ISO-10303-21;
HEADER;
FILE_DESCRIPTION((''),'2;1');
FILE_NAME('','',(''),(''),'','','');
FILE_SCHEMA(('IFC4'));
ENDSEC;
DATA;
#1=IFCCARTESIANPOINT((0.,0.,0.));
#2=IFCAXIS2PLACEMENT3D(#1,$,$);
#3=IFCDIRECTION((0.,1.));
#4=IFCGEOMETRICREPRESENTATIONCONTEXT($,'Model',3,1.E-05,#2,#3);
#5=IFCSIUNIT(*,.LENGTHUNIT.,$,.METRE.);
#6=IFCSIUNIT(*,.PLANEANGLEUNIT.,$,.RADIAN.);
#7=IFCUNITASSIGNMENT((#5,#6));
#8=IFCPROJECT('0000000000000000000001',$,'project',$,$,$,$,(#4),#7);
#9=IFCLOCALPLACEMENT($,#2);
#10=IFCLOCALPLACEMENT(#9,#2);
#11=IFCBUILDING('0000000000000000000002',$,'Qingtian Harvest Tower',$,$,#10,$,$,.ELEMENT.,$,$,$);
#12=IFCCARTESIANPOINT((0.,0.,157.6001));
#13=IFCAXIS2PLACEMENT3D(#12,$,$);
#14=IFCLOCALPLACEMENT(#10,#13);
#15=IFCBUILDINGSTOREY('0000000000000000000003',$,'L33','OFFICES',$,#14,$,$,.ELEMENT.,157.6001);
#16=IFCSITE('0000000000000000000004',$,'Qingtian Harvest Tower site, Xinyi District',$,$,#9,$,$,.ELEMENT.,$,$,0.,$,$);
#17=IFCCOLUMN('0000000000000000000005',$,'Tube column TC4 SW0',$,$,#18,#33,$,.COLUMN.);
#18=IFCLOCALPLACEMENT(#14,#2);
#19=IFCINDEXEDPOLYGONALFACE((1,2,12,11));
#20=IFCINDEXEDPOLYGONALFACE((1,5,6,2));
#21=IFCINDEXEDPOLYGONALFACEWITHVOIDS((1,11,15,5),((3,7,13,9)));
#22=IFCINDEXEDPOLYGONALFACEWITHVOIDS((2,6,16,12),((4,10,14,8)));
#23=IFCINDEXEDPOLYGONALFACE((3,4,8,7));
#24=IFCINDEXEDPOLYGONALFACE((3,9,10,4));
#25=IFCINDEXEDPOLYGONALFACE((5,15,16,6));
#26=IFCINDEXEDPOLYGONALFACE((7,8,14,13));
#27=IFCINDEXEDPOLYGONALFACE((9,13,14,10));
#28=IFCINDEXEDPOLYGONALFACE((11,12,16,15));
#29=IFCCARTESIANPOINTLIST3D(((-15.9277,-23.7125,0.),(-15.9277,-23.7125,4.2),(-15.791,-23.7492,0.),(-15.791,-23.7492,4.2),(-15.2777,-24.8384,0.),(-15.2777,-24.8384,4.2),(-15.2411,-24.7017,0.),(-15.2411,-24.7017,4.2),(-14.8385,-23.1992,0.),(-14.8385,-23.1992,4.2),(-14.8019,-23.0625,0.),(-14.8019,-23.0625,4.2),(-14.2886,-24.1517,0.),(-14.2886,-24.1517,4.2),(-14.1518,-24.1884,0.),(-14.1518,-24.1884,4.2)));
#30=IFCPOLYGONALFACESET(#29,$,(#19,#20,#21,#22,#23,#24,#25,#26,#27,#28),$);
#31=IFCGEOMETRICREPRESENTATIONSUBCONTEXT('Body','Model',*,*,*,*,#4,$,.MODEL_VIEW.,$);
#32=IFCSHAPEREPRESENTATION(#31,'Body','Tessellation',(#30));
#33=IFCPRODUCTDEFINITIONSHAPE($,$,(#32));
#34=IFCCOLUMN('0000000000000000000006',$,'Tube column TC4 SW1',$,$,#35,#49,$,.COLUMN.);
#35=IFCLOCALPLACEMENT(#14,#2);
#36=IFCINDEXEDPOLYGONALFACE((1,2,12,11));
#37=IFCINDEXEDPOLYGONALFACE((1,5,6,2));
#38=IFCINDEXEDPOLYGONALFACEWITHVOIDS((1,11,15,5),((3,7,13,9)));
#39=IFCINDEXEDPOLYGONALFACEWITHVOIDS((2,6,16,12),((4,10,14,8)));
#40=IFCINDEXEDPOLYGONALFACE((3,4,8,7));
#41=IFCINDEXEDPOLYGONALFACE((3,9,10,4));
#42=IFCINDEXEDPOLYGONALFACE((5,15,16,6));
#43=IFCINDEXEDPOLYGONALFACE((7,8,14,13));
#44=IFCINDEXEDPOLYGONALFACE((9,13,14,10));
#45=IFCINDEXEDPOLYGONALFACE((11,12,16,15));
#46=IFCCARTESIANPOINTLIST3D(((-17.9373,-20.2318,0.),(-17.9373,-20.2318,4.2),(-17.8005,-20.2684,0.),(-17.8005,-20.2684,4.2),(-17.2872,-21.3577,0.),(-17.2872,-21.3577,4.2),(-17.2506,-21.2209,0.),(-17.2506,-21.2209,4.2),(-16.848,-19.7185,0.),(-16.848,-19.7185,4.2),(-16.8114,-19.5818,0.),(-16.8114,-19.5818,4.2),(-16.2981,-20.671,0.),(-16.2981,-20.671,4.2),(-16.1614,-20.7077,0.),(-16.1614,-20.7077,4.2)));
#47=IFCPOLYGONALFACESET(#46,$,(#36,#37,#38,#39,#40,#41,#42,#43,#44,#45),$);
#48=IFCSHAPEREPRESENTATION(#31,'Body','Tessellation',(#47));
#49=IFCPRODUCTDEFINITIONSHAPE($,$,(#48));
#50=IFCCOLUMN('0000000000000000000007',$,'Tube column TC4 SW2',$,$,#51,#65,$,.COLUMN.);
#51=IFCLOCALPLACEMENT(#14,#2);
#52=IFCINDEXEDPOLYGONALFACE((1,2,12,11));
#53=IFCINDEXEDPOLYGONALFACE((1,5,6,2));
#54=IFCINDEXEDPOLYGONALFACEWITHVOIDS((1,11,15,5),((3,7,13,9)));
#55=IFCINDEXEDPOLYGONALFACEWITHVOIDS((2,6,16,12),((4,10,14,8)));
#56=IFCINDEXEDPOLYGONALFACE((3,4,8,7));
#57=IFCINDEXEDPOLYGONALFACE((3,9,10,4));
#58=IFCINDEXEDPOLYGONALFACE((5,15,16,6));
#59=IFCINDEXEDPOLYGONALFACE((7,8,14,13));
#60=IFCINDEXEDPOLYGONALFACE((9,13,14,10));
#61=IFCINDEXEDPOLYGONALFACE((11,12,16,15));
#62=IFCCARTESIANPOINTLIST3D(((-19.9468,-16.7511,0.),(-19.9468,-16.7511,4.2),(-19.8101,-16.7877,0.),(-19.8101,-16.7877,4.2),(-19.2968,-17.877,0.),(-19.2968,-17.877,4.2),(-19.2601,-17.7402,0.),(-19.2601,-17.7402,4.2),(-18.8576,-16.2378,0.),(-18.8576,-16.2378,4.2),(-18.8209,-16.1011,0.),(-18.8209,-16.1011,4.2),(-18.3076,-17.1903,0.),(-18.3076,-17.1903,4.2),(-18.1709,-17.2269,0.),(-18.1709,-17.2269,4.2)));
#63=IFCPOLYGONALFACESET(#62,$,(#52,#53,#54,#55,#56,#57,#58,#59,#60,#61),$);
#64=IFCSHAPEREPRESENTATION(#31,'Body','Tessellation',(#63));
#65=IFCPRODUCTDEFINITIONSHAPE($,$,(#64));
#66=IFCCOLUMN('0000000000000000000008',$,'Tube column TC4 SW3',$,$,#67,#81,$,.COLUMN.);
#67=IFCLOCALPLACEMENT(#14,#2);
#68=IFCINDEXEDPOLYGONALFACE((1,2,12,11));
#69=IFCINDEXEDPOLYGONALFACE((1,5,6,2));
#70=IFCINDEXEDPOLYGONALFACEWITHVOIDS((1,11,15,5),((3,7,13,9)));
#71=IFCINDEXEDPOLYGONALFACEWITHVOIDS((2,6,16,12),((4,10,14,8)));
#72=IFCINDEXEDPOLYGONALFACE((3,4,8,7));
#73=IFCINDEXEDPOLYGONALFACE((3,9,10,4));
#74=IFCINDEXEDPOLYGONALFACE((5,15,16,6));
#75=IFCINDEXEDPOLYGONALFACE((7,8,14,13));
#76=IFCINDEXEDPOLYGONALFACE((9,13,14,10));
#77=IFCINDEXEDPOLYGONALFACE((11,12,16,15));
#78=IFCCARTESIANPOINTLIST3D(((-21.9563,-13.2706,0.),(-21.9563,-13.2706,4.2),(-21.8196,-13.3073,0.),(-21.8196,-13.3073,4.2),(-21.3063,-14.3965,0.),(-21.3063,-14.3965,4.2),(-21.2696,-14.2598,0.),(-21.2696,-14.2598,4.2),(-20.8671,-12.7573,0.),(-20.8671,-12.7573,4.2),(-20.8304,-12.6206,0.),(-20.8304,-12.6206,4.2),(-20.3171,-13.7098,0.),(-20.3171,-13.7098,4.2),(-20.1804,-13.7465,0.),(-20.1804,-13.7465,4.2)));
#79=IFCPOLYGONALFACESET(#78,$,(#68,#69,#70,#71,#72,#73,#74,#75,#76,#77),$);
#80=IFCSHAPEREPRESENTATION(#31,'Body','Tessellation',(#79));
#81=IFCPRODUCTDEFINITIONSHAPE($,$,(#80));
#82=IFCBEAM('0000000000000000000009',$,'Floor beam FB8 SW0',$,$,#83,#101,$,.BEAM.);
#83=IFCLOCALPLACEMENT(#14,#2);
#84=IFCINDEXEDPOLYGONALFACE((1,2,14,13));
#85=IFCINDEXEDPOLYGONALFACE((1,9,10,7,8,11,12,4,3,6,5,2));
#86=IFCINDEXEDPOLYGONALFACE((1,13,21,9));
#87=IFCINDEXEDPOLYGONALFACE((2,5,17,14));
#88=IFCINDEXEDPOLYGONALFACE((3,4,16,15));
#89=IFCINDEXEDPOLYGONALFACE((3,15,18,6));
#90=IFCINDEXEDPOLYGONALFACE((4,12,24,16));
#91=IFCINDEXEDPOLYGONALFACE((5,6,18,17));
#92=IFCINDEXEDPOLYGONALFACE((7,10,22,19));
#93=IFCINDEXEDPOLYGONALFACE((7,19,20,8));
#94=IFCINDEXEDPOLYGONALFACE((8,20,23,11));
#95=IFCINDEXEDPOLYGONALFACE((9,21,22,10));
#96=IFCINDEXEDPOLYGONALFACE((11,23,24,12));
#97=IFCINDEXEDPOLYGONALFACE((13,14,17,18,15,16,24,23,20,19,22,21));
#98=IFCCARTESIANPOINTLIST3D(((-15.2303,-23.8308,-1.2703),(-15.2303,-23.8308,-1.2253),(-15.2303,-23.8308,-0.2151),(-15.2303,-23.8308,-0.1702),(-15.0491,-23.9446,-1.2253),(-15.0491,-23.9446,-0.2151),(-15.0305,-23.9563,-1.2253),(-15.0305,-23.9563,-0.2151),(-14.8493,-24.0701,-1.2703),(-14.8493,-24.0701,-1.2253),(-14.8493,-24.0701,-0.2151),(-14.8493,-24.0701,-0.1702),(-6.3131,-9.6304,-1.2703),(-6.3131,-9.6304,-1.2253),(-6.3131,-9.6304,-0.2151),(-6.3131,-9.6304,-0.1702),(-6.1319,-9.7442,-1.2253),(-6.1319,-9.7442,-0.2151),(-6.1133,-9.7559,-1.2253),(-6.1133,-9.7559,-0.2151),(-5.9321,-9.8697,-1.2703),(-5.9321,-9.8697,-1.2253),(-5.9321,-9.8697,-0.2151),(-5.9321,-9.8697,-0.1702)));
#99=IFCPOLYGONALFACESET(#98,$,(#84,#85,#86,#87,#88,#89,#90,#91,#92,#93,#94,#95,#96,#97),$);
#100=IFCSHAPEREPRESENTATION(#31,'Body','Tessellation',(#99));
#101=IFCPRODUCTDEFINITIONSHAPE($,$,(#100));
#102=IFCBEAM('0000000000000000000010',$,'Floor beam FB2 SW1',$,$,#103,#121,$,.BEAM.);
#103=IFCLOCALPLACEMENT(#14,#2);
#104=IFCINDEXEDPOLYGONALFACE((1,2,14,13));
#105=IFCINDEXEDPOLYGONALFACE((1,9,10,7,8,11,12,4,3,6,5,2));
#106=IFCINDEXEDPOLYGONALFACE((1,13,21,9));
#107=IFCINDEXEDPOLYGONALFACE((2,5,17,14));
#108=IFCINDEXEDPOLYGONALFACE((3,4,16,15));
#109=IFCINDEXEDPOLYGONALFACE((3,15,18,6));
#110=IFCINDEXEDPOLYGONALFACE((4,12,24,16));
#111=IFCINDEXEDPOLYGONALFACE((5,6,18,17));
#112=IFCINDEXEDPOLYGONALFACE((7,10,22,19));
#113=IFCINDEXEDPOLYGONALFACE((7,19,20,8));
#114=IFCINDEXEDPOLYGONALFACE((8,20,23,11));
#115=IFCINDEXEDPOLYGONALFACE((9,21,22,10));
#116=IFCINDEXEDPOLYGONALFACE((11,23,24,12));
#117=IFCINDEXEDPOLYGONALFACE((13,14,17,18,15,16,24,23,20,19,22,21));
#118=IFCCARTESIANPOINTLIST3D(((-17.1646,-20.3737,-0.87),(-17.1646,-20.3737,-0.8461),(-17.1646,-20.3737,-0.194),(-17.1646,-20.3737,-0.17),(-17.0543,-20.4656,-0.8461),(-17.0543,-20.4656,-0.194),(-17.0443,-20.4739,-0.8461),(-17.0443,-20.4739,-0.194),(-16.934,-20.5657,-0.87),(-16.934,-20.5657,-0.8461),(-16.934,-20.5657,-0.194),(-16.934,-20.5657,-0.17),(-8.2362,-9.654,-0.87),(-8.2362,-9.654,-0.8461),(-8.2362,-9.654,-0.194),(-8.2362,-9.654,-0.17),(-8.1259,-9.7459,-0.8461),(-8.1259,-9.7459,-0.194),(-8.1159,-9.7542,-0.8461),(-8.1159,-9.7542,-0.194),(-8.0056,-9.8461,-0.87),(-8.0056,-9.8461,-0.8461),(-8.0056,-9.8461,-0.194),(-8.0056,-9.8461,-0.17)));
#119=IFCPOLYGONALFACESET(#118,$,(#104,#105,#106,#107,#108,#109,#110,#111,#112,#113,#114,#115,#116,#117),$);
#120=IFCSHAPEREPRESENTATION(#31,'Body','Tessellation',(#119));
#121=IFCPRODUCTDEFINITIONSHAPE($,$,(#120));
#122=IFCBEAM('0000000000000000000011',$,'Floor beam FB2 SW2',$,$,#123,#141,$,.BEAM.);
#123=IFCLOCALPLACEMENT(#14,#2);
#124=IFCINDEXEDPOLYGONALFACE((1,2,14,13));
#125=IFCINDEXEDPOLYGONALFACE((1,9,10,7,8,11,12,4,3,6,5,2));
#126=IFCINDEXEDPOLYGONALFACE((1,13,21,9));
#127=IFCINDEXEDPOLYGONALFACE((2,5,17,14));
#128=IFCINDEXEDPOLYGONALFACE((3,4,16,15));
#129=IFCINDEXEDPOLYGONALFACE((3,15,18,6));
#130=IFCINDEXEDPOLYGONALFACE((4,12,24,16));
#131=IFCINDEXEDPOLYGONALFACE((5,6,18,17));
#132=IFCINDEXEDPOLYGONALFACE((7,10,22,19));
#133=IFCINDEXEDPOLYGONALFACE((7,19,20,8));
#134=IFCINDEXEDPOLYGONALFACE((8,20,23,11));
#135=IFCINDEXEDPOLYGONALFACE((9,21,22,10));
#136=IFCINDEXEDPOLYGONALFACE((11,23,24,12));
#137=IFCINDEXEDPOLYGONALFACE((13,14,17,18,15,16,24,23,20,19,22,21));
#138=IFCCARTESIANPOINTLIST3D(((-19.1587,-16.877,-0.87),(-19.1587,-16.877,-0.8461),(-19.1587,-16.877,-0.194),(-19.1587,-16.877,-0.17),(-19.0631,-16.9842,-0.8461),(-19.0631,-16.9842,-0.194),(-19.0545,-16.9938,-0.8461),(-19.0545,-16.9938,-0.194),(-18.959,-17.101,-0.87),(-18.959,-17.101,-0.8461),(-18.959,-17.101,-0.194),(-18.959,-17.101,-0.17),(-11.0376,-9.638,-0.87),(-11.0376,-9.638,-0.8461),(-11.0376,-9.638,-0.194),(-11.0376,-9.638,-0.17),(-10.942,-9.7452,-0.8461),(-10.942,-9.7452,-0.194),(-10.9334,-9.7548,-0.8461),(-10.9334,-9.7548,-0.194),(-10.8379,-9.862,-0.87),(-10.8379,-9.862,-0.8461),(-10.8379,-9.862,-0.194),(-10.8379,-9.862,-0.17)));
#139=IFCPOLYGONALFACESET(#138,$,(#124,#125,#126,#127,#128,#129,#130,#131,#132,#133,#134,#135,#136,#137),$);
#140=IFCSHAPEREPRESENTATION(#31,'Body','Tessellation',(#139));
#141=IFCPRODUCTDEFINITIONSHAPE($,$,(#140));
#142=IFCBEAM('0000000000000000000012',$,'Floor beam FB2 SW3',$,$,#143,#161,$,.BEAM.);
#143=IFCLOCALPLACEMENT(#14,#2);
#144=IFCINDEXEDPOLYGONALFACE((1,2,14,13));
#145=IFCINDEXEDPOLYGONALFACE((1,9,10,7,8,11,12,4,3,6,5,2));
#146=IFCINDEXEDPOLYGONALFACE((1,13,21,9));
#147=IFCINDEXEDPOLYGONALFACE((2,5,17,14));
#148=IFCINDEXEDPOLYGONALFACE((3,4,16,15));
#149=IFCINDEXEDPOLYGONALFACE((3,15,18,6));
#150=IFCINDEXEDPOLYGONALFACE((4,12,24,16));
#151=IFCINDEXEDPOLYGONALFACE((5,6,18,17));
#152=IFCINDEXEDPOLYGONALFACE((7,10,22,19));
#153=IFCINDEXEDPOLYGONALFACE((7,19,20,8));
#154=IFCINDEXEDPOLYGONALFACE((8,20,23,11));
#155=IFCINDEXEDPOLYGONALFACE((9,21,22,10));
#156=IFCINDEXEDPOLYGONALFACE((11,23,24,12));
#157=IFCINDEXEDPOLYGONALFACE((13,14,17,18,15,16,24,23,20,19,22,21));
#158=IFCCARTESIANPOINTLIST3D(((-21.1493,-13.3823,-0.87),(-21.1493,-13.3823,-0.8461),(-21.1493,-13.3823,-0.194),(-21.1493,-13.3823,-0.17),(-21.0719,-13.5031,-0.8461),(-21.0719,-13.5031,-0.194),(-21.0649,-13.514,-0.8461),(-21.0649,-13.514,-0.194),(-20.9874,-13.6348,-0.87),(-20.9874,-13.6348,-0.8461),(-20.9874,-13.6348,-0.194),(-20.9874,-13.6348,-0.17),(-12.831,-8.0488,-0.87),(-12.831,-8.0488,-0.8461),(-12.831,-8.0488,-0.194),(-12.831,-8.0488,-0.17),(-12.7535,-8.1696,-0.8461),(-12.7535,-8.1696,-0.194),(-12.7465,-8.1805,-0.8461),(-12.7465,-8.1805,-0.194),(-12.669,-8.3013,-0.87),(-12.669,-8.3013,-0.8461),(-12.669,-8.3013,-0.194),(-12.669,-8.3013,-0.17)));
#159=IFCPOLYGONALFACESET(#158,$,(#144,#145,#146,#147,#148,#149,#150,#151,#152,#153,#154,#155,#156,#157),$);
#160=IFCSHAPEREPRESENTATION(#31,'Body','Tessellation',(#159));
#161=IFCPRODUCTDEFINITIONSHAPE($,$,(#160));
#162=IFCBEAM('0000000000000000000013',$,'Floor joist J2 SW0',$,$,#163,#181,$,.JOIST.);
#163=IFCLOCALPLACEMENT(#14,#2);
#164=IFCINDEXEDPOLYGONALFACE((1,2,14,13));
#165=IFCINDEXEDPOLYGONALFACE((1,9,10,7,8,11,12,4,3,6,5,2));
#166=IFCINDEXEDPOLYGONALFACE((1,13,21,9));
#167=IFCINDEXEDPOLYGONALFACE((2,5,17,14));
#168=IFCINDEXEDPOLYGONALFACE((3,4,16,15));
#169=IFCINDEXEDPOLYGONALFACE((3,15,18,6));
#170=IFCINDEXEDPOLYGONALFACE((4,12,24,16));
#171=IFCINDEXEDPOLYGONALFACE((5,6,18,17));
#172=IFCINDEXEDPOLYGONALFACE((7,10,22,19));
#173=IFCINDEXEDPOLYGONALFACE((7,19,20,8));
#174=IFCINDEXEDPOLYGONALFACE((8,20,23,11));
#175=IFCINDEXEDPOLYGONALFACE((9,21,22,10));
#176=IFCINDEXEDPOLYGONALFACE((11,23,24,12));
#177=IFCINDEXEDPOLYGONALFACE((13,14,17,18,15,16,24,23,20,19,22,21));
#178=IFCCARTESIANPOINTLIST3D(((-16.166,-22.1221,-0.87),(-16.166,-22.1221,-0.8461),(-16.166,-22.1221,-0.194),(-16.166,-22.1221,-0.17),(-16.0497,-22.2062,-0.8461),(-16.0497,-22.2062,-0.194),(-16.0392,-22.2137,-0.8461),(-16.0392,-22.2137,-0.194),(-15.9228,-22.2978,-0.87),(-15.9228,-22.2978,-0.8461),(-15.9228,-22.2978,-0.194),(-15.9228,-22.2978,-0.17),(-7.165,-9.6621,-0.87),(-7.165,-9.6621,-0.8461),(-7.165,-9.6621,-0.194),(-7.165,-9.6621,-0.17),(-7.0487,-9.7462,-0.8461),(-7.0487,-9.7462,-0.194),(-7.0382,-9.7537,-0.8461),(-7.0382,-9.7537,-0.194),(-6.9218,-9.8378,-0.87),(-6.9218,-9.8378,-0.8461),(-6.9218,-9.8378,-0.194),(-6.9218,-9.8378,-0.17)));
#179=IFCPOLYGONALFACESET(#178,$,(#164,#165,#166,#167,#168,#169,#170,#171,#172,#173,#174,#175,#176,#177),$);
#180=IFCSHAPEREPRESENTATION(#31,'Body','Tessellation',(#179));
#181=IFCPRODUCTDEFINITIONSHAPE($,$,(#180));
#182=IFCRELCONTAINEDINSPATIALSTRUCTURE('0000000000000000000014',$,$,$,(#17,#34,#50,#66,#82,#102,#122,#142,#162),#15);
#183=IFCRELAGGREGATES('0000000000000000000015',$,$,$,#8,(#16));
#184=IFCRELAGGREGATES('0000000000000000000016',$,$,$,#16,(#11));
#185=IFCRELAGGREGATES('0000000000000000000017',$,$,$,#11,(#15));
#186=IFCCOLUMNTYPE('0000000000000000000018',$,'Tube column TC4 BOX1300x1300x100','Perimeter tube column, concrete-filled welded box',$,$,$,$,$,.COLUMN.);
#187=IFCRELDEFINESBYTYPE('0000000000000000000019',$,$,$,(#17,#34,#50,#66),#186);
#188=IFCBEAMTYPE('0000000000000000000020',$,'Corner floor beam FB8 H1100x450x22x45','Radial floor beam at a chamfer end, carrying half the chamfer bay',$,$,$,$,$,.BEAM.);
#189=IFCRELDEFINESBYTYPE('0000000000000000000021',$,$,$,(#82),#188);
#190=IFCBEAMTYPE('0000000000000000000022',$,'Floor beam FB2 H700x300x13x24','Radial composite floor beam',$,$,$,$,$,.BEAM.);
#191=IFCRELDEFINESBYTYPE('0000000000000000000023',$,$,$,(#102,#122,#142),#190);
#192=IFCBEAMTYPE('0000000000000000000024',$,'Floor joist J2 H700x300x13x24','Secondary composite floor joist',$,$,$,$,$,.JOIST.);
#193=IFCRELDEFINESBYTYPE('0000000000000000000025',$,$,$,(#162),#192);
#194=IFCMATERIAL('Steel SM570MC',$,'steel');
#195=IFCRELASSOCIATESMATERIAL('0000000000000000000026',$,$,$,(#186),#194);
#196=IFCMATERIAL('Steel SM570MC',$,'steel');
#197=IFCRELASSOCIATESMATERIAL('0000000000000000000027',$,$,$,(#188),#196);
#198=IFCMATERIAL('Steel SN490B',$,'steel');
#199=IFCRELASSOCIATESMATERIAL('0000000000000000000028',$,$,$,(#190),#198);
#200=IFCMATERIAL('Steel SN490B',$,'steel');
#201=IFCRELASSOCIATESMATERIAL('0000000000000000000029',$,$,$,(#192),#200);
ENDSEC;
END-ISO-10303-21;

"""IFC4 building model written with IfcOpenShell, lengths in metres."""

from ifc_helpers import new_model, si_unit, direction, frame, origin, origin_2d, place, context, subcontext, project, spatial, hollow_rectangle, i_section, extrude, material, material_profile, profile_set, type_object, element, save


model = new_model("IFC4")

# Units and contexts
model_context = context("Model", 3, precision=1e-05, world=origin(), true_north=direction((0.0, 1.0)))
body_context = subcontext(model_context, "Body", "Model", "MODEL_VIEW")
ifc_project = project(units=[si_unit("LENGTHUNIT", "METRE"), si_unit("PLANEANGLEUNIT", "RADIAN")], contexts=[model_context])

# Site, building, storey
site_placement = place(None, origin())
site = spatial("IfcSite", under=ifc_project, at=site_placement, Name="Qingtian Harvest Tower site, Xinyi District", CompositionType="ELEMENT", RefElevation=0.0)
building_placement = place(site_placement, origin())
building = spatial("IfcBuilding", under=site, at=building_placement, Name="Qingtian Harvest Tower", CompositionType="ELEMENT")
storey_placement = place(building_placement, frame((0.0, 0.0, 157.6001)))
storey = spatial("IfcBuildingStorey", under=building, at=storey_placement, Name="L33", Description="OFFICES", CompositionType="ELEMENT", Elevation=157.6001)

# Columns
ifc_material_1 = material(Name="Steel SM570MC", Category="steel")
ifc_material_profile_1 = material_profile(ifc_material_1, hollow_rectangle(XDim=1.3, YDim=1.3, WallThickness=0.1001, at=origin_2d()), Name="BOX1300x1300x100")
ifc_profile_set_1 = profile_set([ifc_material_profile_1], Name="Steel SM570MC")
column_type = type_object("IfcColumnType", Name="Tube column TC4 BOX1300x1300x100", Description="Perimeter tube column, concrete-filled welded box", PredefinedType="COLUMN", material=ifc_profile_set_1)
for number, where, z_axis, x_axis, name in (
    (1, (-15.0398, -23.9504, 0.0), (0.0, 0.0, 1.0), (0.5, -0.866025, 0.0), "Tube column TC4 SW0"),
    (2, (-17.0493, -20.4697, 0.0), (0.0, 0.0, 1.0), (0.5, -0.866025, 0.0), "Tube column TC4 SW1"),
    (3, (-19.0588, -16.989, 0.0), (0.0, 0.0, 1.0), (0.5, -0.866025, 0.0), "Tube column TC4 SW2"),
    (4, (-21.0684, -13.5085, 0.0), (0.0, 0.0, 1.0), (0.5, -0.866025, 0.0), "Tube column TC4 SW3"),
):
    element("IfcColumn", number, at=place(storey_placement, frame(where, z_axis=z_axis, x_axis=x_axis)), inside=storey, type_object=column_type, Name=name, PredefinedType="COLUMN", context=body_context, shape_type="SweptSolid", body=[
        extrude(hollow_rectangle(XDim=1.3, YDim=1.3, WallThickness=0.1001, at=origin_2d()), origin(), (0.0, 0.0, 1.0), 4.2),
    ])

# Beams
ifc_material_2 = material(Name="Steel SM570MC", Category="steel")
ifc_material_profile_2 = material_profile(ifc_material_2, i_section(OverallWidth=0.45, OverallDepth=1.1001, WebThickness=0.022, FlangeThickness=0.0449, at=origin_2d()), Name="H1100x450x22x45")
ifc_profile_set_2 = profile_set([ifc_material_profile_2], Name="Steel SM570MC")
beam_type_1 = type_object("IfcBeamType", Name="Corner floor beam FB8 H1100x450x22x45", Description="Radial floor beam at a chamfer end, carrying half the chamfer bay", PredefinedType="BEAM", material=ifc_profile_set_2)
beam_1_placement = place(storey_placement, frame((-15.0398, -23.9504, -0.7202), z_axis=(0.531797, 0.846872, 0.0), x_axis=(-0.846872, 0.531797, 0.0)))
element("IfcBeam", 5, at=beam_1_placement, inside=storey, type_object=beam_type_1, Name="Floor beam FB8 SW0", PredefinedType="BEAM", context=body_context, shape_type="SweptSolid", body=[
    extrude(i_section(OverallWidth=0.45, OverallDepth=1.1001, WebThickness=0.022, FlangeThickness=0.0449, at=origin_2d()), origin(), (0.0, 0.0, 1.0), 16.7681),
])
ifc_material_3 = material(Name="Steel SN490B", Category="steel")
ifc_material_profile_3 = material_profile(ifc_material_3, i_section(OverallWidth=0.3, OverallDepth=0.7, WebThickness=0.0129, FlangeThickness=0.0239, at=origin_2d()), Name="H700x300x13x24")
ifc_profile_set_3 = profile_set([ifc_material_profile_3], Name="Steel SN490B")
beam_type_2 = type_object("IfcBeamType", Name="Floor beam FB2 H700x300x13x24", Description="Radial composite floor beam", PredefinedType="BEAM", material=ifc_profile_set_3)
beam_2_placement = place(storey_placement, frame((-17.0493, -20.4697, -0.52), z_axis=(0.639988, 0.768385, 0.0), x_axis=(-0.768385, 0.639988, 0.0)))
element("IfcBeam", 6, at=beam_2_placement, inside=storey, type_object=beam_type_2, Name="Floor beam FB2 SW1", PredefinedType="BEAM", context=body_context, shape_type="SweptSolid", body=[
    extrude(i_section(OverallWidth=0.3, OverallDepth=0.7, WebThickness=0.0129, FlangeThickness=0.0239, at=origin_2d()), origin(), (0.0, 0.0, 1.0), 13.9509),
])
beam_3_placement = place(storey_placement, frame((-19.0588, -16.989, -0.52), z_axis=(0.746484, 0.665404, 0.0), x_axis=(-0.665404, 0.746484, 0.0)))
element("IfcBeam", 7, at=beam_3_placement, inside=storey, type_object=beam_type_2, Name="Floor beam FB2 SW2", PredefinedType="BEAM", context=body_context, shape_type="SweptSolid", body=[
    extrude(i_section(OverallWidth=0.3, OverallDepth=0.7, WebThickness=0.0129, FlangeThickness=0.0239, at=origin_2d()), origin(), (0.0, 0.0, 1.0), 10.8792),
])
beam_4_placement = place(storey_placement, frame((-21.0684, -13.5085, -0.52), z_axis=(0.841823, 0.539753, 0.0), x_axis=(-0.539753, 0.841823, 0.0)))
element("IfcBeam", 8, at=beam_4_placement, inside=storey, type_object=beam_type_2, Name="Floor beam FB2 SW3", PredefinedType="BEAM", context=body_context, shape_type="SweptSolid", body=[
    extrude(i_section(OverallWidth=0.3, OverallDepth=0.7, WebThickness=0.0129, FlangeThickness=0.0239, at=origin_2d()), origin(), (0.0, 0.0, 1.0), 9.8813),
])
ifc_material_4 = material(Name="Steel SN490B", Category="steel")
ifc_material_profile_4 = material_profile(ifc_material_4, i_section(OverallWidth=0.3, OverallDepth=0.7, WebThickness=0.0129, FlangeThickness=0.0239, at=origin_2d()), Name="H700x300x13x24")
ifc_profile_set_4 = profile_set([ifc_material_profile_4], Name="Steel SN490B")
beam_type_3 = type_object("IfcBeamType", Name="Floor joist J2 H700x300x13x24", Description="Secondary composite floor joist", PredefinedType="JOIST", material=ifc_profile_set_4)
beam_5_placement = place(storey_placement, frame((-16.0444, -22.21, -0.52), z_axis=(0.585581, 0.810614, 0.0), x_axis=(-0.810614, 0.585581, 0.0)))
element("IfcBeam", 9, at=beam_5_placement, inside=storey, type_object=beam_type_3, Name="Floor joist J2 SW0", PredefinedType="JOIST", context=body_context, shape_type="SweptSolid", body=[
    extrude(i_section(OverallWidth=0.3, OverallDepth=0.7, WebThickness=0.0129, FlangeThickness=0.0239, at=origin_2d()), origin(), (0.0, 0.0, 1.0), 15.3711),
])

save(model, "model.ifc")
